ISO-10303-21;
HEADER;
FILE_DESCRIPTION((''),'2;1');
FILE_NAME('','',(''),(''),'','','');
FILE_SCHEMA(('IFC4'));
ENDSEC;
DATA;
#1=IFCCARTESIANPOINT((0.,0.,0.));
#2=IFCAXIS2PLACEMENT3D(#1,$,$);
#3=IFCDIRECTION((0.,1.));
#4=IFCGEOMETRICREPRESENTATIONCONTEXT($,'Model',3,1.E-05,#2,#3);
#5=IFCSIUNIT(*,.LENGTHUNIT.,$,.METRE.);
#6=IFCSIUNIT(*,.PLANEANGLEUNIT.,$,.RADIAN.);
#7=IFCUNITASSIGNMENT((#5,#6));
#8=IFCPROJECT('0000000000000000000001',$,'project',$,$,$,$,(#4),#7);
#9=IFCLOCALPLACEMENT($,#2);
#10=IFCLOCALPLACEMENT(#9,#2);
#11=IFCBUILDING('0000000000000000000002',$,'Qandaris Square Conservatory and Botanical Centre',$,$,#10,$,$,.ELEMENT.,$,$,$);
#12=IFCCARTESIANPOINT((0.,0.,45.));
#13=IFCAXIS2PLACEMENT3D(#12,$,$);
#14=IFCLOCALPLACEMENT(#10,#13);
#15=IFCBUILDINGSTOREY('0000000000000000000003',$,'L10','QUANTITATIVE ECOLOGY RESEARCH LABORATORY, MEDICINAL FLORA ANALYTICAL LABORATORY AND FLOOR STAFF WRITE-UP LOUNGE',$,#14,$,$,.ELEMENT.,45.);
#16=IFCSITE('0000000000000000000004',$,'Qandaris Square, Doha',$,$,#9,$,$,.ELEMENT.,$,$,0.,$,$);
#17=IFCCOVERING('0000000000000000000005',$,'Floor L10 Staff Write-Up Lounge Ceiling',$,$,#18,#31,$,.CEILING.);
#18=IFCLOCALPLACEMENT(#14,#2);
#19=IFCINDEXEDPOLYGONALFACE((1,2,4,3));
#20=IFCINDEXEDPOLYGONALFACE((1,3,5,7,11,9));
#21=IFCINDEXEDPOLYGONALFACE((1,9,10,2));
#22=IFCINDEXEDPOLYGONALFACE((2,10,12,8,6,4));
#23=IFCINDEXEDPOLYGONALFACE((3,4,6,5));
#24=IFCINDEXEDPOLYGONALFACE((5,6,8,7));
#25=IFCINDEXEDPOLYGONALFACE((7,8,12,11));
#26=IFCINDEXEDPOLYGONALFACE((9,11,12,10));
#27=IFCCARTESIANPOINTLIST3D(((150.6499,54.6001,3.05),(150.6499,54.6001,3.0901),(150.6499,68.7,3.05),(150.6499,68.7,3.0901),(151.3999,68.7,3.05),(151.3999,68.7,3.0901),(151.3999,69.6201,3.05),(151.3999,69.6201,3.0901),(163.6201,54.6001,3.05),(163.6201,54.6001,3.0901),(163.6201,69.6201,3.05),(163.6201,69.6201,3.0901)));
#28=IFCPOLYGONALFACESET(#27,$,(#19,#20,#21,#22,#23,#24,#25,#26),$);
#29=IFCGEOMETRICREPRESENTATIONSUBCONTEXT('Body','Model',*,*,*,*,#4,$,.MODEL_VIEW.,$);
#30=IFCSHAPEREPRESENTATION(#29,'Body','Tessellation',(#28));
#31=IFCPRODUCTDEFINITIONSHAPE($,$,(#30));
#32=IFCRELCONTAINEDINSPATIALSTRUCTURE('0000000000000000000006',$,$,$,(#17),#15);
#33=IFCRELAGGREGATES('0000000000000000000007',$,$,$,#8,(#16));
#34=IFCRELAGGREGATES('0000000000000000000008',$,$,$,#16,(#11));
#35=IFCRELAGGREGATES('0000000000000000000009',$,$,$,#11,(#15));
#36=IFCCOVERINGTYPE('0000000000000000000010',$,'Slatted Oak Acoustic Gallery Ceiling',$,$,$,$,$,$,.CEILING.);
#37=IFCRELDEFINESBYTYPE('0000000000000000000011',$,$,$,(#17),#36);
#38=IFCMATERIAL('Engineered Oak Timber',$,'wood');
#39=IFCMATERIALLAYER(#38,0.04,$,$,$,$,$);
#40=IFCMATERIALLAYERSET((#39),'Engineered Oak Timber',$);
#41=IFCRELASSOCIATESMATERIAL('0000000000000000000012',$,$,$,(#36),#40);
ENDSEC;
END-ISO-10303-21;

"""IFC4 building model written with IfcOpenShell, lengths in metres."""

from ifc_helpers import new_model, si_unit, direction, frame, origin, place, context, subcontext, project, spatial, polyline, outline, extrude, material, layer, layer_set, type_object, element, save


model = new_model("IFC4")

# Units and contexts
model_context = context("Model", 3, precision=1e-05, world=origin(), true_north=direction((0.0, 1.0)))
body_context = subcontext(model_context, "Body", "Model", "MODEL_VIEW")
ifc_project = project(units=[si_unit("LENGTHUNIT", "METRE"), si_unit("PLANEANGLEUNIT", "RADIAN")], contexts=[model_context])

# Site, building, storey
site_placement = place(None, origin())
site = spatial("IfcSite", under=ifc_project, at=site_placement, Name="Qandaris Square, Doha", CompositionType="ELEMENT", RefElevation=0.0)
building_placement = place(site_placement, origin())
building = spatial("IfcBuilding", under=site, at=building_placement, Name="Qandaris Square Conservatory and Botanical Centre", CompositionType="ELEMENT")
storey_placement = place(building_placement, frame((0.0, 0.0, 45.0)))
storey = spatial("IfcBuildingStorey", under=building, at=storey_placement, Name="L10", Description="QUANTITATIVE ECOLOGY RESEARCH LABORATORY, MEDICINAL FLORA ANALYTICAL LABORATORY AND FLOOR STAFF WRITE-UP LOUNGE", CompositionType="ELEMENT", Elevation=45.0)

# Covering
ifc_material_1 = material(Name="Engineered Oak Timber", Category="wood")
ifc_layer_1 = layer(ifc_material_1, 0.04)
ifc_layer_set_1 = layer_set([ifc_layer_1], Name="Engineered Oak Timber")
covering_type_1 = type_object("IfcCoveringType", Name="Slatted Oak Acoustic Gallery Ceiling", PredefinedType="CEILING", material=ifc_layer_set_1)
covering_1_placement = place(storey_placement, frame((0.0, 0.0, 3.05)))
element("IfcCovering", 1, at=covering_1_placement, inside=storey, type_object=covering_type_1, Name="Floor L10 Staff Write-Up Lounge Ceiling", PredefinedType="CEILING", context=body_context, shape_type="SweptSolid", body=[
    extrude(outline(polyline([(150.6499, 54.6001), (150.6499, 68.7), (151.3999, 68.7), (151.3999, 69.6201), (163.6201, 69.6201), (163.6201, 54.6001), (150.6499, 54.6001)])), origin(), (0.0, 0.0, 1.0), 0.04),
])

save(model, "model.ifc")
